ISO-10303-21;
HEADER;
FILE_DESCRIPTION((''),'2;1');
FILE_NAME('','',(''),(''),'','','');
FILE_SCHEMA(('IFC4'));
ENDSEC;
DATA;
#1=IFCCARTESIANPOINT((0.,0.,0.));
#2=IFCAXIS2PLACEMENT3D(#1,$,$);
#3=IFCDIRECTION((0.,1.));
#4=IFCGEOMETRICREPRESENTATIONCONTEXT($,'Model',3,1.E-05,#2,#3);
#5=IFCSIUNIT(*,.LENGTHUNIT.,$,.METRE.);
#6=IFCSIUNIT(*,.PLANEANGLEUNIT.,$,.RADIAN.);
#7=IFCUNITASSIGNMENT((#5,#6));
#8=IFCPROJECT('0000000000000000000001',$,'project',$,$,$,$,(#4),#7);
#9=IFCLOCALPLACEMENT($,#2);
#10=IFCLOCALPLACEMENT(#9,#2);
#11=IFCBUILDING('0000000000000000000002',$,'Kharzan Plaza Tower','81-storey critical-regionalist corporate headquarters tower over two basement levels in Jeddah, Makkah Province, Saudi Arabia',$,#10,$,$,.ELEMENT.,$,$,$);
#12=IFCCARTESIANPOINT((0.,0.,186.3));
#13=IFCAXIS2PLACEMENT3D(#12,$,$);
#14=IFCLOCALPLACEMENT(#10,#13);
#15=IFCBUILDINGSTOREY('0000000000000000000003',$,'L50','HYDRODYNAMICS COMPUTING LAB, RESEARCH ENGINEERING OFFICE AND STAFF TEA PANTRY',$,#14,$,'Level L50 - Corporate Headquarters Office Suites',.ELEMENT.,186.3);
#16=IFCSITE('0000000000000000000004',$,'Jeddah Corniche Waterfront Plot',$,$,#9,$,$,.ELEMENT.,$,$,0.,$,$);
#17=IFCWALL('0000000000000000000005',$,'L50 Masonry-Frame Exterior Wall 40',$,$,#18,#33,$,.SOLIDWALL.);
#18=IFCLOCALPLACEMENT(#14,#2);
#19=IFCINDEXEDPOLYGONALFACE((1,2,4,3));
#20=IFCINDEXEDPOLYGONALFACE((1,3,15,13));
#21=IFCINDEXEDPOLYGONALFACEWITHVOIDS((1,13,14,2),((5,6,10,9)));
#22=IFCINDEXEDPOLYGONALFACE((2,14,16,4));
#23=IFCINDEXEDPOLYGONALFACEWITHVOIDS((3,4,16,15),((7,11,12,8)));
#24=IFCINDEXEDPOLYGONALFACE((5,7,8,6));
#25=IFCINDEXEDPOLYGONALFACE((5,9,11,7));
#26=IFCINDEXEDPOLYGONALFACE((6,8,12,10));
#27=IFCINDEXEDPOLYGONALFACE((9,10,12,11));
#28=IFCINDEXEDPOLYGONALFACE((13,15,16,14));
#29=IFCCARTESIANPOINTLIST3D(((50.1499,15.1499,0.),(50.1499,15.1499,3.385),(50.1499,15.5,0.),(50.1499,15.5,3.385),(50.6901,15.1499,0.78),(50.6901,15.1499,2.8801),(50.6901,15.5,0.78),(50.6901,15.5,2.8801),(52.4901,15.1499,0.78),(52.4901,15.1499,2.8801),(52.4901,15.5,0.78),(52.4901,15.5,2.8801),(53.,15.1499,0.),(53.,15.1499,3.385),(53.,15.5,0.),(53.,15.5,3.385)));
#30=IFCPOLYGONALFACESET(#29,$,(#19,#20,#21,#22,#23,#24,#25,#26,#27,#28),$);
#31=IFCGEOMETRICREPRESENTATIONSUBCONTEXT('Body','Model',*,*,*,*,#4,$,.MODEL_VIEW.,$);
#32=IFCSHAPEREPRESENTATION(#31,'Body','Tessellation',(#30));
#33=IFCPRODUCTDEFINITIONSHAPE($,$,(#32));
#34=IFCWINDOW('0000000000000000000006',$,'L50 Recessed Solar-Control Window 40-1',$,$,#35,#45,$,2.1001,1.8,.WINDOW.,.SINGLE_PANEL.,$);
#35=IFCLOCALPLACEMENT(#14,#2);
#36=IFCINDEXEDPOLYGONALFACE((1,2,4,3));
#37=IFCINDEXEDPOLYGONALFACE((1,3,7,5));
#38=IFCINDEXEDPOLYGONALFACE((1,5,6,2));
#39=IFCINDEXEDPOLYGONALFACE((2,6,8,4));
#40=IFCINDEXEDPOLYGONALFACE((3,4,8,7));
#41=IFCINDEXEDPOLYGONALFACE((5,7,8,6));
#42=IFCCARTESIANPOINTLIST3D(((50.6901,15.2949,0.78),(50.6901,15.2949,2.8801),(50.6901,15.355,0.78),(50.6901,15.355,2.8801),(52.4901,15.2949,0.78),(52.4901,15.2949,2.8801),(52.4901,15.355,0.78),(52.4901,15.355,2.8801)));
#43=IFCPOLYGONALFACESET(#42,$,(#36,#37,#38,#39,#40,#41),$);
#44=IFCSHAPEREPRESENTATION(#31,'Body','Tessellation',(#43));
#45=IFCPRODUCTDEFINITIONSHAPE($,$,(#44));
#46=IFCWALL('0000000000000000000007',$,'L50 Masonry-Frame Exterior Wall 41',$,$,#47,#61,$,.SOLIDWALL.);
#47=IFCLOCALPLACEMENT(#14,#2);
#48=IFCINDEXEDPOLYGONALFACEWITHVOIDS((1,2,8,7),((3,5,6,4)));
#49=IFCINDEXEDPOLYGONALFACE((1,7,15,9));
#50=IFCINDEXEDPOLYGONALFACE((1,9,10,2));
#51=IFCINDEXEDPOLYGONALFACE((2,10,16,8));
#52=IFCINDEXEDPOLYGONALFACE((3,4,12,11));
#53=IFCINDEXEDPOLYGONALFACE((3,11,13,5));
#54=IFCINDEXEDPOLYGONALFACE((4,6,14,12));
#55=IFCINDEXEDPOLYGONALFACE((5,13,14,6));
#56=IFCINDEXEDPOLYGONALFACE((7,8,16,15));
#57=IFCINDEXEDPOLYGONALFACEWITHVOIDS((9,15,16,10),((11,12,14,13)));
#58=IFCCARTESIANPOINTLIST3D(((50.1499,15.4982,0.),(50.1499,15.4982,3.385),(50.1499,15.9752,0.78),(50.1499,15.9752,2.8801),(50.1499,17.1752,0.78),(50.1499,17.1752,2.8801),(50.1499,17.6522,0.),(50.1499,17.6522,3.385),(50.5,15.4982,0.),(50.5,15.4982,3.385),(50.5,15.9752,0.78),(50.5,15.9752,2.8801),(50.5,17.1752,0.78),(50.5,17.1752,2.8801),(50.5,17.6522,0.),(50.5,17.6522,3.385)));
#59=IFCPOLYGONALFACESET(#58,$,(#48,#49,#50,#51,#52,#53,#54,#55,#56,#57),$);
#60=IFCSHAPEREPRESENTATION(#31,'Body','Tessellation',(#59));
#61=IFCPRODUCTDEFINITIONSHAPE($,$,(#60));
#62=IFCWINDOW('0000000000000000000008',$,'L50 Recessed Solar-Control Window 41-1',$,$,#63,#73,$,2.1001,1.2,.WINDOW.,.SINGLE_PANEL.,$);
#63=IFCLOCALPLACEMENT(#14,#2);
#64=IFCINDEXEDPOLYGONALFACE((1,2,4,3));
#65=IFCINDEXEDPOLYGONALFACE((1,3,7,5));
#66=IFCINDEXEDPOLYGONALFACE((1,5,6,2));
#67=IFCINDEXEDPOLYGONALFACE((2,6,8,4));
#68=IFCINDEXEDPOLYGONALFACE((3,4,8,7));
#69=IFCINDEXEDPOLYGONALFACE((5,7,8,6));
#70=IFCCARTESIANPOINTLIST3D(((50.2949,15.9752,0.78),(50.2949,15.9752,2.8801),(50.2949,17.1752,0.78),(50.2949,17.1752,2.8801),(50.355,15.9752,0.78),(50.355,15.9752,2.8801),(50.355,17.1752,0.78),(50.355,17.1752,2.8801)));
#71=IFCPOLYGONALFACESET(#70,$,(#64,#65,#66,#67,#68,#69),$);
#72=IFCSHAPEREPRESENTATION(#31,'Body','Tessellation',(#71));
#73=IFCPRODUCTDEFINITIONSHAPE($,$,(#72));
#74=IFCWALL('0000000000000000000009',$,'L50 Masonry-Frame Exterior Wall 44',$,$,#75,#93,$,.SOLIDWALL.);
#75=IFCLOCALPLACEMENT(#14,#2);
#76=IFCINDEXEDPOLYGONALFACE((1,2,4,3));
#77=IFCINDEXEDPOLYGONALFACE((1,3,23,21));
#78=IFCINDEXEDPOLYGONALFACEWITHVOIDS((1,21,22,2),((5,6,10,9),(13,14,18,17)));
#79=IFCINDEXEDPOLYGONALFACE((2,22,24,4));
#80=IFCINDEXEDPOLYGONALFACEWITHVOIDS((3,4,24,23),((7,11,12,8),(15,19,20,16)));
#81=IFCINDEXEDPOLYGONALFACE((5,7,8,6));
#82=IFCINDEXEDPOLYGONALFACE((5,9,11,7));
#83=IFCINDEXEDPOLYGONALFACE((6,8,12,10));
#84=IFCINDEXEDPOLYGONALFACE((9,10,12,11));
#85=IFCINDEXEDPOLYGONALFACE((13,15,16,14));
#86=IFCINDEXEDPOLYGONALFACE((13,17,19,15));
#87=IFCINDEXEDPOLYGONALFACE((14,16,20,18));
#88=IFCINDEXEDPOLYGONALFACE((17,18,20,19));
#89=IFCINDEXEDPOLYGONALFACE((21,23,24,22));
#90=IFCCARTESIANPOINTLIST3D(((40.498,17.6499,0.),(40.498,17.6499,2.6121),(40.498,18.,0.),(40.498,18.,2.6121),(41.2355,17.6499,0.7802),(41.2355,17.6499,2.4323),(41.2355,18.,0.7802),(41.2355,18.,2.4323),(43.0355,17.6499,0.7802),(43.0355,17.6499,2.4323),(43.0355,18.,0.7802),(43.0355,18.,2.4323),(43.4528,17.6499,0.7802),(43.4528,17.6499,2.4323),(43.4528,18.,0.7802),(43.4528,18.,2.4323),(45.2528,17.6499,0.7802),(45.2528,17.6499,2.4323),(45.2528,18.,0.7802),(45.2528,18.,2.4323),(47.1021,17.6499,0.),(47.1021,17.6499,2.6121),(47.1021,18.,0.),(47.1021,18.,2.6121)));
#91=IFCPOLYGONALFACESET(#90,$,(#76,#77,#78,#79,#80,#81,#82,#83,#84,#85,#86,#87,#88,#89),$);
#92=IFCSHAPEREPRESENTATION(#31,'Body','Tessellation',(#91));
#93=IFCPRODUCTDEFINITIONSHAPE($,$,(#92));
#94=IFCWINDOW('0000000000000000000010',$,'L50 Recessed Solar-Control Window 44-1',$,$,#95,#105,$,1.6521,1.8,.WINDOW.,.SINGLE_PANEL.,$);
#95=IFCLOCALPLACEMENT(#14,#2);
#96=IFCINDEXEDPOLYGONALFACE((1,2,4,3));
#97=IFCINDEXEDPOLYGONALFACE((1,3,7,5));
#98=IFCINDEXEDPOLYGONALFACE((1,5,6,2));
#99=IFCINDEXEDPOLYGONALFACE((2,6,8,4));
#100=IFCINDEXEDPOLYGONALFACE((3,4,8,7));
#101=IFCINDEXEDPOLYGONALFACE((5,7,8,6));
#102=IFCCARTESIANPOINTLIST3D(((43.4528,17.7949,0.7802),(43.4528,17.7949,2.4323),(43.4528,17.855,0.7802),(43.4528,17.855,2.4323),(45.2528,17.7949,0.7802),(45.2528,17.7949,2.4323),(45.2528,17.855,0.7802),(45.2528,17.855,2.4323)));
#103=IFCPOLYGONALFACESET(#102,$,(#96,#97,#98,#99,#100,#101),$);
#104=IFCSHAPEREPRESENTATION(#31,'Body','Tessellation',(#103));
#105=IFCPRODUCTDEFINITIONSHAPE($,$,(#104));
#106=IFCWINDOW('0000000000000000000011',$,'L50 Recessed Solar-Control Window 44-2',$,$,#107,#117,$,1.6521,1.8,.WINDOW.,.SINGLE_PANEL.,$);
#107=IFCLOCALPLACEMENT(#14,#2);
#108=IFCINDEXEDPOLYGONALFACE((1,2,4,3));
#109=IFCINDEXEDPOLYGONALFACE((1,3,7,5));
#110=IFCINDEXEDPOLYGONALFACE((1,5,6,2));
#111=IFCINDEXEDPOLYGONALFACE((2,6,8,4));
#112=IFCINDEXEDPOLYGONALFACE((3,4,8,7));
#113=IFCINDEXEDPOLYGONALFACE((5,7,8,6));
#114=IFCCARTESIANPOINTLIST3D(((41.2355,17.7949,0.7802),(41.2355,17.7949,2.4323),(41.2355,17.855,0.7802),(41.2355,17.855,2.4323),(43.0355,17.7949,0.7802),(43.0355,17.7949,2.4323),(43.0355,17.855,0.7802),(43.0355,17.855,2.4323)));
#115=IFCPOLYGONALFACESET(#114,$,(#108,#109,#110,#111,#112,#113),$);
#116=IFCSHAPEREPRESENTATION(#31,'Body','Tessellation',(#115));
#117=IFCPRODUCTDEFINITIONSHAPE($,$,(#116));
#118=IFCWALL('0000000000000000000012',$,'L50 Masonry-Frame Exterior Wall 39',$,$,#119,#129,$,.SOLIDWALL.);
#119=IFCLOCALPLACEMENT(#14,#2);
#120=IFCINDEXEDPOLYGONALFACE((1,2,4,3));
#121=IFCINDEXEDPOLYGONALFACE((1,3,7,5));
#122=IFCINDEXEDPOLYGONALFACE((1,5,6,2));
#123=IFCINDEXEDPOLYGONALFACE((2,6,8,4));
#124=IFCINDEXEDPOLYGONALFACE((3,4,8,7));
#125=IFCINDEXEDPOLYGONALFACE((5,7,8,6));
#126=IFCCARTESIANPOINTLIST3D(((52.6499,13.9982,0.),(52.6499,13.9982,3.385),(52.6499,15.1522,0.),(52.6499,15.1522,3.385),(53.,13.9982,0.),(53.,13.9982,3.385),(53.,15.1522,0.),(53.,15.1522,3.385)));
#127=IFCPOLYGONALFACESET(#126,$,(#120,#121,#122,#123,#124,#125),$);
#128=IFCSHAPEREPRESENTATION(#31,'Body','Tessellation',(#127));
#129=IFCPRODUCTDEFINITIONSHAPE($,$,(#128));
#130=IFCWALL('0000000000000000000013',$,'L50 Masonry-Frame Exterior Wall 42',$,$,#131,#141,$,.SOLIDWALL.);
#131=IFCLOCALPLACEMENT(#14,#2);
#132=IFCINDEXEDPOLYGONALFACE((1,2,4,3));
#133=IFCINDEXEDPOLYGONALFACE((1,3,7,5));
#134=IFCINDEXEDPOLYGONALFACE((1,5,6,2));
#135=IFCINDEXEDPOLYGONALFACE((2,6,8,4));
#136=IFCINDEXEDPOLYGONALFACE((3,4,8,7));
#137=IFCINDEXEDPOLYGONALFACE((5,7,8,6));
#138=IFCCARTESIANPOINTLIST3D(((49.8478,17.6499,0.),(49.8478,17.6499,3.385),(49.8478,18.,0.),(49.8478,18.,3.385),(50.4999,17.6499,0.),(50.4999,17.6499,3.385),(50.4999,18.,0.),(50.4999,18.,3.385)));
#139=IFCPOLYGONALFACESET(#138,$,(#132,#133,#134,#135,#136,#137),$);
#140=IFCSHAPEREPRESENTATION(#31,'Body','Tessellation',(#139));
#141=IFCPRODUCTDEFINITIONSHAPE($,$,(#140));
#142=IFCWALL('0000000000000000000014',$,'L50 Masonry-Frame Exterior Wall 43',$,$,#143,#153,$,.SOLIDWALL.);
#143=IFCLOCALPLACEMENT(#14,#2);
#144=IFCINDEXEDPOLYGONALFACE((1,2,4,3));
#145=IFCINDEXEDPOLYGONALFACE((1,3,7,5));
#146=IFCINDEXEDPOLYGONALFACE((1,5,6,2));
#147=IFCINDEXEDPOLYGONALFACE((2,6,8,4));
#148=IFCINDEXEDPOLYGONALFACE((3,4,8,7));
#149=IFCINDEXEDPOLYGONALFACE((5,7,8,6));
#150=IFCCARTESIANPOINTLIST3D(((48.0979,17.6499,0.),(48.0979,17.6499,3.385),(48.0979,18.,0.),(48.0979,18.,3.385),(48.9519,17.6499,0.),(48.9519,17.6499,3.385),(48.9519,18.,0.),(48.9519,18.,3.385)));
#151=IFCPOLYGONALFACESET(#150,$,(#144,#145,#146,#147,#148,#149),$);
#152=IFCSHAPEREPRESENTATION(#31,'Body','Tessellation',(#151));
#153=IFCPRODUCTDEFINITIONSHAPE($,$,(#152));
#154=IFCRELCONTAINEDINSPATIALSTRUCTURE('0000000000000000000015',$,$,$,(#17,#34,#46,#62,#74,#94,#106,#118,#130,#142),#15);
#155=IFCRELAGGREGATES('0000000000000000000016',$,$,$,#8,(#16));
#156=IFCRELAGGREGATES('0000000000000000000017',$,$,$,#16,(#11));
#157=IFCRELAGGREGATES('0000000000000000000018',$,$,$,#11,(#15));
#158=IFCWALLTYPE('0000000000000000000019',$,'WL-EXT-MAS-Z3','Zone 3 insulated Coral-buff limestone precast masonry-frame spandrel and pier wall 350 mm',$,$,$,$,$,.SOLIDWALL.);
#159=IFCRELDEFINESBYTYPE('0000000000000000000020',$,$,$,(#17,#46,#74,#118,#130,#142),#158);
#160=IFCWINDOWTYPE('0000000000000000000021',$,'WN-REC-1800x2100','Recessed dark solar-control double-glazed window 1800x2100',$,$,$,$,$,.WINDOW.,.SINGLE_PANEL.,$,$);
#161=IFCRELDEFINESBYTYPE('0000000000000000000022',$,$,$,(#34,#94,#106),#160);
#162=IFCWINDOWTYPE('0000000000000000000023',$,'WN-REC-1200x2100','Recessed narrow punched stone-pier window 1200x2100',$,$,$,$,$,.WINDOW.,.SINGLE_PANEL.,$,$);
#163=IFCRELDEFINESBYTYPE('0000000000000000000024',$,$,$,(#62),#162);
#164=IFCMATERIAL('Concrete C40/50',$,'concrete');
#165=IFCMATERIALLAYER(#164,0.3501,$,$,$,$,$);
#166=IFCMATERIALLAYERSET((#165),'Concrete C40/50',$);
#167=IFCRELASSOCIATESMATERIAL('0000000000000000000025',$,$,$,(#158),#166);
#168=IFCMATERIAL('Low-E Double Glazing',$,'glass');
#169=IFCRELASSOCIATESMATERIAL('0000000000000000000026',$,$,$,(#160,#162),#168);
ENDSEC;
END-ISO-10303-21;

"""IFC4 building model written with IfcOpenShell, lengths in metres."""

from ifc_helpers import new_model, si_unit, direction, frame, frame_2d, origin, place, context, subcontext, project, spatial, rectangle, extrude, source, transform, mapped, material, layer, layer_set, type_object, element, fill, save


model = new_model("IFC4")

# Units and contexts
model_context = context("Model", 3, precision=1e-05, world=origin(), true_north=direction((0.0, 1.0)))
body_context = subcontext(model_context, "Body", "Model", "MODEL_VIEW")
ifc_project = project(units=[si_unit("LENGTHUNIT", "METRE"), si_unit("PLANEANGLEUNIT", "RADIAN")], contexts=[model_context])

# Site, building, storey
site_placement = place(None, origin())
site = spatial("IfcSite", under=ifc_project, at=site_placement, Name="Jeddah Corniche Waterfront Plot", CompositionType="ELEMENT", RefElevation=0.0)
building_placement = place(site_placement, origin())
building = spatial("IfcBuilding", under=site, at=building_placement, Name="Kharzan Plaza Tower", Description="81-storey critical-regionalist corporate headquarters tower over two basement levels in Jeddah, Makkah Province, Saudi Arabia", CompositionType="ELEMENT")
storey_placement = place(building_placement, frame((0.0, 0.0, 186.3)))
storey = spatial("IfcBuildingStorey", under=building, at=storey_placement, Name="L50", Description="HYDRODYNAMICS COMPUTING LAB, RESEARCH ENGINEERING OFFICE AND STAFF TEA PANTRY", LongName="Level L50 - Corporate Headquarters Office Suites", CompositionType="ELEMENT", Elevation=186.3)

# Walls, openings, windows
ifc_material_1 = material(Name="Concrete C40/50", Category="concrete")
ifc_layer_1 = layer(ifc_material_1, 0.3501)
ifc_layer_set_1 = layer_set([ifc_layer_1], Name="Concrete C40/50")
wall_type_1 = type_object("IfcWallType", Name="WL-EXT-MAS-Z3", Description="Zone 3 insulated Coral-buff limestone precast masonry-frame spandrel and pier wall 350 mm", PredefinedType="SOLIDWALL", material=ifc_layer_set_1)
wall_1_placement = place(storey_placement, frame((53.0, 15.325, 0.0), z_axis=(0.0, 0.0, 1.0), x_axis=(-1.0, 0.0, 0.0)))
wall_1 = element("IfcWall", 1, at=wall_1_placement, inside=storey, type_object=wall_type_1, Name="L50 Masonry-Frame Exterior Wall 40", PredefinedType="SOLIDWALL", context=body_context, shape_type="SweptSolid", body=[
    extrude(rectangle(XDim=2.8501, YDim=0.3501, at=frame_2d((1.425, 0.0))), origin(), (0.0, 0.0, 1.0), 3.385),
])
opening_1_placement = place(wall_1_placement, frame((0.51, 0.0, 0.78)))
opening_1 = element("IfcOpeningElement", 2, at=opening_1_placement, cuts=wall_1, PredefinedType="OPENING", context=body_context, shape_type="SweptSolid", body=[
    extrude(rectangle(XDim=1.8, YDim=2.1001, at=frame_2d((0.8999, 1.05))), frame((0.0, 0.1851, 0.0), z_axis=(0.0, -1.0, 0.0), x_axis=(1.0, 0.0, 0.0)), (0.0, 0.0, 1.0), 0.3701),
])
ifc_material_2 = material(Name="Low-E Double Glazing", Category="glass")
window_type_1 = type_object("IfcWindowType", Name="WN-REC-1800x2100", Description="Recessed dark solar-control double-glazed window 1800x2100", PartitioningType="SINGLE_PANEL", PredefinedType="WINDOW", material=ifc_material_2)
shared_shape_1 = source(origin(), body_context, "Body", "SweptSolid", [
    extrude(rectangle(XDim=1.8, YDim=2.1001, at=frame_2d((0.8999, 1.05))), frame((0.0, 0.03, 0.0), z_axis=(0.0, -1.0, 0.0), x_axis=(1.0, 0.0, 0.0)), (0.0, 0.0, 1.0), 0.0601),
])
window_1_placement = place(opening_1_placement, origin())
window_1 = element("IfcWindow", 3, at=window_1_placement, inside=storey, type_object=window_type_1, Name="L50 Recessed Solar-Control Window 40-1", OverallHeight=2.1001, OverallWidth=1.8, PartitioningType="SINGLE_PANEL", PredefinedType="WINDOW", context=body_context, shape_type="MappedRepresentation", body=[
    mapped(shared_shape_1, transform((0.0, 0.0, 0.0), x_axis=(1.0, 0.0, 0.0), y_axis=(0.0, 1.0, 0.0), z_axis=(0.0, 0.0, 1.0))),
])
fill(opening_1, window_1)
wall_2_placement = place(storey_placement, frame((50.325, 15.498, 0.0), z_axis=(0.0, 0.0, 1.0), x_axis=(0.0, 1.0, 0.0)))
wall_2 = element("IfcWall", 4, at=wall_2_placement, inside=storey, type_object=wall_type_1, Name="L50 Masonry-Frame Exterior Wall 41", PredefinedType="SOLIDWALL", context=body_context, shape_type="SweptSolid", body=[
    extrude(rectangle(XDim=2.1541, YDim=0.3501, at=frame_2d((1.0771, 0.0))), origin(), (0.0, 0.0, 1.0), 3.385),
])
opening_2_placement = place(wall_2_placement, frame((0.4771, 0.0, 0.78)))
opening_2 = element("IfcOpeningElement", 5, at=opening_2_placement, cuts=wall_2, PredefinedType="OPENING", context=body_context, shape_type="SweptSolid", body=[
    extrude(rectangle(XDim=1.2, YDim=2.1001, at=frame_2d((0.6001, 1.05))), frame((0.0, 0.1851, 0.0), z_axis=(0.0, -1.0, 0.0), x_axis=(1.0, 0.0, 0.0)), (0.0, 0.0, 1.0), 0.3701),
])
window_type_2 = type_object("IfcWindowType", Name="WN-REC-1200x2100", Description="Recessed narrow punched stone-pier window 1200x2100", PartitioningType="SINGLE_PANEL", PredefinedType="WINDOW", material=ifc_material_2)
shared_shape_2 = source(origin(), body_context, "Body", "SweptSolid", [
    extrude(rectangle(XDim=1.2, YDim=2.1001, at=frame_2d((0.6001, 1.05))), frame((0.0, 0.03, 0.0), z_axis=(0.0, -1.0, 0.0), x_axis=(1.0, 0.0, 0.0)), (0.0, 0.0, 1.0), 0.0601),
])
window_2_placement = place(opening_2_placement, origin())
window_2 = element("IfcWindow", 6, at=window_2_placement, inside=storey, type_object=window_type_2, Name="L50 Recessed Solar-Control Window 41-1", OverallHeight=2.1001, OverallWidth=1.2, PartitioningType="SINGLE_PANEL", PredefinedType="WINDOW", context=body_context, shape_type="MappedRepresentation", body=[
    mapped(shared_shape_2, transform((0.0, 0.0, 0.0), x_axis=(1.0, 0.0, 0.0), y_axis=(0.0, 1.0, 0.0), z_axis=(0.0, 0.0, 1.0))),
])
fill(opening_2, window_2)

# Wall, openings, windows
wall_3_placement = place(storey_placement, frame((47.1021, 17.825, 0.0), z_axis=(0.0, 0.0, 1.0), x_axis=(-1.0, 0.0, 0.0)))
wall_3 = element("IfcWall", 7, at=wall_3_placement, inside=storey, type_object=wall_type_1, Name="L50 Masonry-Frame Exterior Wall 44", PredefinedType="SOLIDWALL", context=body_context, shape_type="SweptSolid", body=[
    extrude(rectangle(XDim=6.604, YDim=0.3501, at=frame_2d((3.302, 0.0))), origin(), (0.0, 0.0, 1.0), 2.6121),
])
opening_3_placement = place(wall_3_placement, frame((1.8494, 0.0, 0.78)))
opening_3 = element("IfcOpeningElement", 8, at=opening_3_placement, cuts=wall_3, PredefinedType="OPENING", context=body_context, shape_type="SweptSolid", body=[
    extrude(rectangle(XDim=1.8, YDim=1.6521, at=frame_2d((0.8999, 0.8262))), frame((0.0, 0.1851, 0.0), z_axis=(0.0, -1.0, 0.0), x_axis=(1.0, 0.0, 0.0)), (0.0, 0.0, 1.0), 0.3701),
])
opening_4_placement = place(wall_3_placement, frame((4.0667, 0.0, 0.78)))
opening_4 = element("IfcOpeningElement", 9, at=opening_4_placement, cuts=wall_3, PredefinedType="OPENING", context=body_context, shape_type="SweptSolid", body=[
    extrude(rectangle(XDim=1.8, YDim=1.6521, at=frame_2d((0.8999, 0.8262))), frame((0.0, 0.1851, 0.0), z_axis=(0.0, -1.0, 0.0), x_axis=(1.0, 0.0, 0.0)), (0.0, 0.0, 1.0), 0.3701),
])
shared_shape_3 = source(origin(), body_context, "Body", "SweptSolid", [
    extrude(rectangle(XDim=1.8, YDim=1.6521, at=frame_2d((0.8999, 0.8262))), frame((0.0, 0.03, 0.0), z_axis=(0.0, -1.0, 0.0), x_axis=(1.0, 0.0, 0.0)), (0.0, 0.0, 1.0), 0.0601),
])
window_3_placement = place(opening_3_placement, origin())
window_3 = element("IfcWindow", 10, at=window_3_placement, inside=storey, type_object=window_type_1, Name="L50 Recessed Solar-Control Window 44-1", OverallHeight=1.6521, OverallWidth=1.8, PartitioningType="SINGLE_PANEL", PredefinedType="WINDOW", context=body_context, shape_type="MappedRepresentation", body=[
    mapped(shared_shape_3, transform((0.0, 0.0, 0.0), x_axis=(1.0, 0.0, 0.0), y_axis=(0.0, 1.0, 0.0), z_axis=(0.0, 0.0, 1.0))),
])
fill(opening_3, window_3)
window_4_placement = place(opening_4_placement, origin())
window_4 = element("IfcWindow", 11, at=window_4_placement, inside=storey, type_object=window_type_1, Name="L50 Recessed Solar-Control Window 44-2", OverallHeight=1.6521, OverallWidth=1.8, PartitioningType="SINGLE_PANEL", PredefinedType="WINDOW", context=body_context, shape_type="MappedRepresentation", body=[
    mapped(shared_shape_3, transform((0.0, 0.0, 0.0), x_axis=(1.0, 0.0, 0.0), y_axis=(0.0, 1.0, 0.0), z_axis=(0.0, 0.0, 1.0))),
])
fill(opening_4, window_4)

# Walls
shared_shape_4 = source(origin(), body_context, "Body", "SweptSolid", [
    extrude(rectangle(XDim=1.1541, YDim=0.3501, at=frame_2d((0.5771, 0.0))), origin(), (0.0, 0.0, 1.0), 3.385),
])
wall_4_placement = place(storey_placement, frame((52.825, 13.998, 0.0), z_axis=(0.0, 0.0, 1.0), x_axis=(0.0, 1.0, 0.0)))
element("IfcWall", 12, at=wall_4_placement, inside=storey, type_object=wall_type_1, Name="L50 Masonry-Frame Exterior Wall 39", PredefinedType="SOLIDWALL", context=body_context, shape_type="MappedRepresentation", body=[
    mapped(shared_shape_4, transform((0.0, 0.0, 0.0), x_axis=(1.0, 0.0, 0.0), y_axis=(0.0, 1.0, 0.0), z_axis=(0.0, 0.0, 1.0))),
])
shared_shape_5 = source(origin(), body_context, "Body", "SweptSolid", [
    extrude(rectangle(XDim=0.6521, YDim=0.3501, at=frame_2d((0.3262, 0.0))), origin(), (0.0, 0.0, 1.0), 3.385),
])
wall_5_placement = place(storey_placement, frame((50.5, 17.825, 0.0), z_axis=(0.0, 0.0, 1.0), x_axis=(-1.0, 0.0, 0.0)))
element("IfcWall", 13, at=wall_5_placement, inside=storey, type_object=wall_type_1, Name="L50 Masonry-Frame Exterior Wall 42", PredefinedType="SOLIDWALL", context=body_context, shape_type="MappedRepresentation", body=[
    mapped(shared_shape_5, transform((0.0, 0.0, 0.0), x_axis=(1.0, 0.0, 0.0), y_axis=(0.0, 1.0, 0.0), z_axis=(0.0, 0.0, 1.0))),
])
shared_shape_6 = source(origin(), body_context, "Body", "SweptSolid", [
    extrude(rectangle(XDim=0.854, YDim=0.3501, at=frame_2d((0.427, 0.0))), origin(), (0.0, 0.0, 1.0), 3.385),
])
wall_6_placement = place(storey_placement, frame((48.9519, 17.825, 0.0), z_axis=(0.0, 0.0, 1.0), x_axis=(-1.0, 0.0, 0.0)))
element("IfcWall", 14, at=wall_6_placement, inside=storey, type_object=wall_type_1, Name="L50 Masonry-Frame Exterior Wall 43", PredefinedType="SOLIDWALL", context=body_context, shape_type="MappedRepresentation", body=[
    mapped(shared_shape_6, transform((0.0, 0.0, 0.0), x_axis=(1.0, 0.0, 0.0), y_axis=(0.0, 1.0, 0.0), z_axis=(0.0, 0.0, 1.0))),
])

save(model, "model.ifc")
